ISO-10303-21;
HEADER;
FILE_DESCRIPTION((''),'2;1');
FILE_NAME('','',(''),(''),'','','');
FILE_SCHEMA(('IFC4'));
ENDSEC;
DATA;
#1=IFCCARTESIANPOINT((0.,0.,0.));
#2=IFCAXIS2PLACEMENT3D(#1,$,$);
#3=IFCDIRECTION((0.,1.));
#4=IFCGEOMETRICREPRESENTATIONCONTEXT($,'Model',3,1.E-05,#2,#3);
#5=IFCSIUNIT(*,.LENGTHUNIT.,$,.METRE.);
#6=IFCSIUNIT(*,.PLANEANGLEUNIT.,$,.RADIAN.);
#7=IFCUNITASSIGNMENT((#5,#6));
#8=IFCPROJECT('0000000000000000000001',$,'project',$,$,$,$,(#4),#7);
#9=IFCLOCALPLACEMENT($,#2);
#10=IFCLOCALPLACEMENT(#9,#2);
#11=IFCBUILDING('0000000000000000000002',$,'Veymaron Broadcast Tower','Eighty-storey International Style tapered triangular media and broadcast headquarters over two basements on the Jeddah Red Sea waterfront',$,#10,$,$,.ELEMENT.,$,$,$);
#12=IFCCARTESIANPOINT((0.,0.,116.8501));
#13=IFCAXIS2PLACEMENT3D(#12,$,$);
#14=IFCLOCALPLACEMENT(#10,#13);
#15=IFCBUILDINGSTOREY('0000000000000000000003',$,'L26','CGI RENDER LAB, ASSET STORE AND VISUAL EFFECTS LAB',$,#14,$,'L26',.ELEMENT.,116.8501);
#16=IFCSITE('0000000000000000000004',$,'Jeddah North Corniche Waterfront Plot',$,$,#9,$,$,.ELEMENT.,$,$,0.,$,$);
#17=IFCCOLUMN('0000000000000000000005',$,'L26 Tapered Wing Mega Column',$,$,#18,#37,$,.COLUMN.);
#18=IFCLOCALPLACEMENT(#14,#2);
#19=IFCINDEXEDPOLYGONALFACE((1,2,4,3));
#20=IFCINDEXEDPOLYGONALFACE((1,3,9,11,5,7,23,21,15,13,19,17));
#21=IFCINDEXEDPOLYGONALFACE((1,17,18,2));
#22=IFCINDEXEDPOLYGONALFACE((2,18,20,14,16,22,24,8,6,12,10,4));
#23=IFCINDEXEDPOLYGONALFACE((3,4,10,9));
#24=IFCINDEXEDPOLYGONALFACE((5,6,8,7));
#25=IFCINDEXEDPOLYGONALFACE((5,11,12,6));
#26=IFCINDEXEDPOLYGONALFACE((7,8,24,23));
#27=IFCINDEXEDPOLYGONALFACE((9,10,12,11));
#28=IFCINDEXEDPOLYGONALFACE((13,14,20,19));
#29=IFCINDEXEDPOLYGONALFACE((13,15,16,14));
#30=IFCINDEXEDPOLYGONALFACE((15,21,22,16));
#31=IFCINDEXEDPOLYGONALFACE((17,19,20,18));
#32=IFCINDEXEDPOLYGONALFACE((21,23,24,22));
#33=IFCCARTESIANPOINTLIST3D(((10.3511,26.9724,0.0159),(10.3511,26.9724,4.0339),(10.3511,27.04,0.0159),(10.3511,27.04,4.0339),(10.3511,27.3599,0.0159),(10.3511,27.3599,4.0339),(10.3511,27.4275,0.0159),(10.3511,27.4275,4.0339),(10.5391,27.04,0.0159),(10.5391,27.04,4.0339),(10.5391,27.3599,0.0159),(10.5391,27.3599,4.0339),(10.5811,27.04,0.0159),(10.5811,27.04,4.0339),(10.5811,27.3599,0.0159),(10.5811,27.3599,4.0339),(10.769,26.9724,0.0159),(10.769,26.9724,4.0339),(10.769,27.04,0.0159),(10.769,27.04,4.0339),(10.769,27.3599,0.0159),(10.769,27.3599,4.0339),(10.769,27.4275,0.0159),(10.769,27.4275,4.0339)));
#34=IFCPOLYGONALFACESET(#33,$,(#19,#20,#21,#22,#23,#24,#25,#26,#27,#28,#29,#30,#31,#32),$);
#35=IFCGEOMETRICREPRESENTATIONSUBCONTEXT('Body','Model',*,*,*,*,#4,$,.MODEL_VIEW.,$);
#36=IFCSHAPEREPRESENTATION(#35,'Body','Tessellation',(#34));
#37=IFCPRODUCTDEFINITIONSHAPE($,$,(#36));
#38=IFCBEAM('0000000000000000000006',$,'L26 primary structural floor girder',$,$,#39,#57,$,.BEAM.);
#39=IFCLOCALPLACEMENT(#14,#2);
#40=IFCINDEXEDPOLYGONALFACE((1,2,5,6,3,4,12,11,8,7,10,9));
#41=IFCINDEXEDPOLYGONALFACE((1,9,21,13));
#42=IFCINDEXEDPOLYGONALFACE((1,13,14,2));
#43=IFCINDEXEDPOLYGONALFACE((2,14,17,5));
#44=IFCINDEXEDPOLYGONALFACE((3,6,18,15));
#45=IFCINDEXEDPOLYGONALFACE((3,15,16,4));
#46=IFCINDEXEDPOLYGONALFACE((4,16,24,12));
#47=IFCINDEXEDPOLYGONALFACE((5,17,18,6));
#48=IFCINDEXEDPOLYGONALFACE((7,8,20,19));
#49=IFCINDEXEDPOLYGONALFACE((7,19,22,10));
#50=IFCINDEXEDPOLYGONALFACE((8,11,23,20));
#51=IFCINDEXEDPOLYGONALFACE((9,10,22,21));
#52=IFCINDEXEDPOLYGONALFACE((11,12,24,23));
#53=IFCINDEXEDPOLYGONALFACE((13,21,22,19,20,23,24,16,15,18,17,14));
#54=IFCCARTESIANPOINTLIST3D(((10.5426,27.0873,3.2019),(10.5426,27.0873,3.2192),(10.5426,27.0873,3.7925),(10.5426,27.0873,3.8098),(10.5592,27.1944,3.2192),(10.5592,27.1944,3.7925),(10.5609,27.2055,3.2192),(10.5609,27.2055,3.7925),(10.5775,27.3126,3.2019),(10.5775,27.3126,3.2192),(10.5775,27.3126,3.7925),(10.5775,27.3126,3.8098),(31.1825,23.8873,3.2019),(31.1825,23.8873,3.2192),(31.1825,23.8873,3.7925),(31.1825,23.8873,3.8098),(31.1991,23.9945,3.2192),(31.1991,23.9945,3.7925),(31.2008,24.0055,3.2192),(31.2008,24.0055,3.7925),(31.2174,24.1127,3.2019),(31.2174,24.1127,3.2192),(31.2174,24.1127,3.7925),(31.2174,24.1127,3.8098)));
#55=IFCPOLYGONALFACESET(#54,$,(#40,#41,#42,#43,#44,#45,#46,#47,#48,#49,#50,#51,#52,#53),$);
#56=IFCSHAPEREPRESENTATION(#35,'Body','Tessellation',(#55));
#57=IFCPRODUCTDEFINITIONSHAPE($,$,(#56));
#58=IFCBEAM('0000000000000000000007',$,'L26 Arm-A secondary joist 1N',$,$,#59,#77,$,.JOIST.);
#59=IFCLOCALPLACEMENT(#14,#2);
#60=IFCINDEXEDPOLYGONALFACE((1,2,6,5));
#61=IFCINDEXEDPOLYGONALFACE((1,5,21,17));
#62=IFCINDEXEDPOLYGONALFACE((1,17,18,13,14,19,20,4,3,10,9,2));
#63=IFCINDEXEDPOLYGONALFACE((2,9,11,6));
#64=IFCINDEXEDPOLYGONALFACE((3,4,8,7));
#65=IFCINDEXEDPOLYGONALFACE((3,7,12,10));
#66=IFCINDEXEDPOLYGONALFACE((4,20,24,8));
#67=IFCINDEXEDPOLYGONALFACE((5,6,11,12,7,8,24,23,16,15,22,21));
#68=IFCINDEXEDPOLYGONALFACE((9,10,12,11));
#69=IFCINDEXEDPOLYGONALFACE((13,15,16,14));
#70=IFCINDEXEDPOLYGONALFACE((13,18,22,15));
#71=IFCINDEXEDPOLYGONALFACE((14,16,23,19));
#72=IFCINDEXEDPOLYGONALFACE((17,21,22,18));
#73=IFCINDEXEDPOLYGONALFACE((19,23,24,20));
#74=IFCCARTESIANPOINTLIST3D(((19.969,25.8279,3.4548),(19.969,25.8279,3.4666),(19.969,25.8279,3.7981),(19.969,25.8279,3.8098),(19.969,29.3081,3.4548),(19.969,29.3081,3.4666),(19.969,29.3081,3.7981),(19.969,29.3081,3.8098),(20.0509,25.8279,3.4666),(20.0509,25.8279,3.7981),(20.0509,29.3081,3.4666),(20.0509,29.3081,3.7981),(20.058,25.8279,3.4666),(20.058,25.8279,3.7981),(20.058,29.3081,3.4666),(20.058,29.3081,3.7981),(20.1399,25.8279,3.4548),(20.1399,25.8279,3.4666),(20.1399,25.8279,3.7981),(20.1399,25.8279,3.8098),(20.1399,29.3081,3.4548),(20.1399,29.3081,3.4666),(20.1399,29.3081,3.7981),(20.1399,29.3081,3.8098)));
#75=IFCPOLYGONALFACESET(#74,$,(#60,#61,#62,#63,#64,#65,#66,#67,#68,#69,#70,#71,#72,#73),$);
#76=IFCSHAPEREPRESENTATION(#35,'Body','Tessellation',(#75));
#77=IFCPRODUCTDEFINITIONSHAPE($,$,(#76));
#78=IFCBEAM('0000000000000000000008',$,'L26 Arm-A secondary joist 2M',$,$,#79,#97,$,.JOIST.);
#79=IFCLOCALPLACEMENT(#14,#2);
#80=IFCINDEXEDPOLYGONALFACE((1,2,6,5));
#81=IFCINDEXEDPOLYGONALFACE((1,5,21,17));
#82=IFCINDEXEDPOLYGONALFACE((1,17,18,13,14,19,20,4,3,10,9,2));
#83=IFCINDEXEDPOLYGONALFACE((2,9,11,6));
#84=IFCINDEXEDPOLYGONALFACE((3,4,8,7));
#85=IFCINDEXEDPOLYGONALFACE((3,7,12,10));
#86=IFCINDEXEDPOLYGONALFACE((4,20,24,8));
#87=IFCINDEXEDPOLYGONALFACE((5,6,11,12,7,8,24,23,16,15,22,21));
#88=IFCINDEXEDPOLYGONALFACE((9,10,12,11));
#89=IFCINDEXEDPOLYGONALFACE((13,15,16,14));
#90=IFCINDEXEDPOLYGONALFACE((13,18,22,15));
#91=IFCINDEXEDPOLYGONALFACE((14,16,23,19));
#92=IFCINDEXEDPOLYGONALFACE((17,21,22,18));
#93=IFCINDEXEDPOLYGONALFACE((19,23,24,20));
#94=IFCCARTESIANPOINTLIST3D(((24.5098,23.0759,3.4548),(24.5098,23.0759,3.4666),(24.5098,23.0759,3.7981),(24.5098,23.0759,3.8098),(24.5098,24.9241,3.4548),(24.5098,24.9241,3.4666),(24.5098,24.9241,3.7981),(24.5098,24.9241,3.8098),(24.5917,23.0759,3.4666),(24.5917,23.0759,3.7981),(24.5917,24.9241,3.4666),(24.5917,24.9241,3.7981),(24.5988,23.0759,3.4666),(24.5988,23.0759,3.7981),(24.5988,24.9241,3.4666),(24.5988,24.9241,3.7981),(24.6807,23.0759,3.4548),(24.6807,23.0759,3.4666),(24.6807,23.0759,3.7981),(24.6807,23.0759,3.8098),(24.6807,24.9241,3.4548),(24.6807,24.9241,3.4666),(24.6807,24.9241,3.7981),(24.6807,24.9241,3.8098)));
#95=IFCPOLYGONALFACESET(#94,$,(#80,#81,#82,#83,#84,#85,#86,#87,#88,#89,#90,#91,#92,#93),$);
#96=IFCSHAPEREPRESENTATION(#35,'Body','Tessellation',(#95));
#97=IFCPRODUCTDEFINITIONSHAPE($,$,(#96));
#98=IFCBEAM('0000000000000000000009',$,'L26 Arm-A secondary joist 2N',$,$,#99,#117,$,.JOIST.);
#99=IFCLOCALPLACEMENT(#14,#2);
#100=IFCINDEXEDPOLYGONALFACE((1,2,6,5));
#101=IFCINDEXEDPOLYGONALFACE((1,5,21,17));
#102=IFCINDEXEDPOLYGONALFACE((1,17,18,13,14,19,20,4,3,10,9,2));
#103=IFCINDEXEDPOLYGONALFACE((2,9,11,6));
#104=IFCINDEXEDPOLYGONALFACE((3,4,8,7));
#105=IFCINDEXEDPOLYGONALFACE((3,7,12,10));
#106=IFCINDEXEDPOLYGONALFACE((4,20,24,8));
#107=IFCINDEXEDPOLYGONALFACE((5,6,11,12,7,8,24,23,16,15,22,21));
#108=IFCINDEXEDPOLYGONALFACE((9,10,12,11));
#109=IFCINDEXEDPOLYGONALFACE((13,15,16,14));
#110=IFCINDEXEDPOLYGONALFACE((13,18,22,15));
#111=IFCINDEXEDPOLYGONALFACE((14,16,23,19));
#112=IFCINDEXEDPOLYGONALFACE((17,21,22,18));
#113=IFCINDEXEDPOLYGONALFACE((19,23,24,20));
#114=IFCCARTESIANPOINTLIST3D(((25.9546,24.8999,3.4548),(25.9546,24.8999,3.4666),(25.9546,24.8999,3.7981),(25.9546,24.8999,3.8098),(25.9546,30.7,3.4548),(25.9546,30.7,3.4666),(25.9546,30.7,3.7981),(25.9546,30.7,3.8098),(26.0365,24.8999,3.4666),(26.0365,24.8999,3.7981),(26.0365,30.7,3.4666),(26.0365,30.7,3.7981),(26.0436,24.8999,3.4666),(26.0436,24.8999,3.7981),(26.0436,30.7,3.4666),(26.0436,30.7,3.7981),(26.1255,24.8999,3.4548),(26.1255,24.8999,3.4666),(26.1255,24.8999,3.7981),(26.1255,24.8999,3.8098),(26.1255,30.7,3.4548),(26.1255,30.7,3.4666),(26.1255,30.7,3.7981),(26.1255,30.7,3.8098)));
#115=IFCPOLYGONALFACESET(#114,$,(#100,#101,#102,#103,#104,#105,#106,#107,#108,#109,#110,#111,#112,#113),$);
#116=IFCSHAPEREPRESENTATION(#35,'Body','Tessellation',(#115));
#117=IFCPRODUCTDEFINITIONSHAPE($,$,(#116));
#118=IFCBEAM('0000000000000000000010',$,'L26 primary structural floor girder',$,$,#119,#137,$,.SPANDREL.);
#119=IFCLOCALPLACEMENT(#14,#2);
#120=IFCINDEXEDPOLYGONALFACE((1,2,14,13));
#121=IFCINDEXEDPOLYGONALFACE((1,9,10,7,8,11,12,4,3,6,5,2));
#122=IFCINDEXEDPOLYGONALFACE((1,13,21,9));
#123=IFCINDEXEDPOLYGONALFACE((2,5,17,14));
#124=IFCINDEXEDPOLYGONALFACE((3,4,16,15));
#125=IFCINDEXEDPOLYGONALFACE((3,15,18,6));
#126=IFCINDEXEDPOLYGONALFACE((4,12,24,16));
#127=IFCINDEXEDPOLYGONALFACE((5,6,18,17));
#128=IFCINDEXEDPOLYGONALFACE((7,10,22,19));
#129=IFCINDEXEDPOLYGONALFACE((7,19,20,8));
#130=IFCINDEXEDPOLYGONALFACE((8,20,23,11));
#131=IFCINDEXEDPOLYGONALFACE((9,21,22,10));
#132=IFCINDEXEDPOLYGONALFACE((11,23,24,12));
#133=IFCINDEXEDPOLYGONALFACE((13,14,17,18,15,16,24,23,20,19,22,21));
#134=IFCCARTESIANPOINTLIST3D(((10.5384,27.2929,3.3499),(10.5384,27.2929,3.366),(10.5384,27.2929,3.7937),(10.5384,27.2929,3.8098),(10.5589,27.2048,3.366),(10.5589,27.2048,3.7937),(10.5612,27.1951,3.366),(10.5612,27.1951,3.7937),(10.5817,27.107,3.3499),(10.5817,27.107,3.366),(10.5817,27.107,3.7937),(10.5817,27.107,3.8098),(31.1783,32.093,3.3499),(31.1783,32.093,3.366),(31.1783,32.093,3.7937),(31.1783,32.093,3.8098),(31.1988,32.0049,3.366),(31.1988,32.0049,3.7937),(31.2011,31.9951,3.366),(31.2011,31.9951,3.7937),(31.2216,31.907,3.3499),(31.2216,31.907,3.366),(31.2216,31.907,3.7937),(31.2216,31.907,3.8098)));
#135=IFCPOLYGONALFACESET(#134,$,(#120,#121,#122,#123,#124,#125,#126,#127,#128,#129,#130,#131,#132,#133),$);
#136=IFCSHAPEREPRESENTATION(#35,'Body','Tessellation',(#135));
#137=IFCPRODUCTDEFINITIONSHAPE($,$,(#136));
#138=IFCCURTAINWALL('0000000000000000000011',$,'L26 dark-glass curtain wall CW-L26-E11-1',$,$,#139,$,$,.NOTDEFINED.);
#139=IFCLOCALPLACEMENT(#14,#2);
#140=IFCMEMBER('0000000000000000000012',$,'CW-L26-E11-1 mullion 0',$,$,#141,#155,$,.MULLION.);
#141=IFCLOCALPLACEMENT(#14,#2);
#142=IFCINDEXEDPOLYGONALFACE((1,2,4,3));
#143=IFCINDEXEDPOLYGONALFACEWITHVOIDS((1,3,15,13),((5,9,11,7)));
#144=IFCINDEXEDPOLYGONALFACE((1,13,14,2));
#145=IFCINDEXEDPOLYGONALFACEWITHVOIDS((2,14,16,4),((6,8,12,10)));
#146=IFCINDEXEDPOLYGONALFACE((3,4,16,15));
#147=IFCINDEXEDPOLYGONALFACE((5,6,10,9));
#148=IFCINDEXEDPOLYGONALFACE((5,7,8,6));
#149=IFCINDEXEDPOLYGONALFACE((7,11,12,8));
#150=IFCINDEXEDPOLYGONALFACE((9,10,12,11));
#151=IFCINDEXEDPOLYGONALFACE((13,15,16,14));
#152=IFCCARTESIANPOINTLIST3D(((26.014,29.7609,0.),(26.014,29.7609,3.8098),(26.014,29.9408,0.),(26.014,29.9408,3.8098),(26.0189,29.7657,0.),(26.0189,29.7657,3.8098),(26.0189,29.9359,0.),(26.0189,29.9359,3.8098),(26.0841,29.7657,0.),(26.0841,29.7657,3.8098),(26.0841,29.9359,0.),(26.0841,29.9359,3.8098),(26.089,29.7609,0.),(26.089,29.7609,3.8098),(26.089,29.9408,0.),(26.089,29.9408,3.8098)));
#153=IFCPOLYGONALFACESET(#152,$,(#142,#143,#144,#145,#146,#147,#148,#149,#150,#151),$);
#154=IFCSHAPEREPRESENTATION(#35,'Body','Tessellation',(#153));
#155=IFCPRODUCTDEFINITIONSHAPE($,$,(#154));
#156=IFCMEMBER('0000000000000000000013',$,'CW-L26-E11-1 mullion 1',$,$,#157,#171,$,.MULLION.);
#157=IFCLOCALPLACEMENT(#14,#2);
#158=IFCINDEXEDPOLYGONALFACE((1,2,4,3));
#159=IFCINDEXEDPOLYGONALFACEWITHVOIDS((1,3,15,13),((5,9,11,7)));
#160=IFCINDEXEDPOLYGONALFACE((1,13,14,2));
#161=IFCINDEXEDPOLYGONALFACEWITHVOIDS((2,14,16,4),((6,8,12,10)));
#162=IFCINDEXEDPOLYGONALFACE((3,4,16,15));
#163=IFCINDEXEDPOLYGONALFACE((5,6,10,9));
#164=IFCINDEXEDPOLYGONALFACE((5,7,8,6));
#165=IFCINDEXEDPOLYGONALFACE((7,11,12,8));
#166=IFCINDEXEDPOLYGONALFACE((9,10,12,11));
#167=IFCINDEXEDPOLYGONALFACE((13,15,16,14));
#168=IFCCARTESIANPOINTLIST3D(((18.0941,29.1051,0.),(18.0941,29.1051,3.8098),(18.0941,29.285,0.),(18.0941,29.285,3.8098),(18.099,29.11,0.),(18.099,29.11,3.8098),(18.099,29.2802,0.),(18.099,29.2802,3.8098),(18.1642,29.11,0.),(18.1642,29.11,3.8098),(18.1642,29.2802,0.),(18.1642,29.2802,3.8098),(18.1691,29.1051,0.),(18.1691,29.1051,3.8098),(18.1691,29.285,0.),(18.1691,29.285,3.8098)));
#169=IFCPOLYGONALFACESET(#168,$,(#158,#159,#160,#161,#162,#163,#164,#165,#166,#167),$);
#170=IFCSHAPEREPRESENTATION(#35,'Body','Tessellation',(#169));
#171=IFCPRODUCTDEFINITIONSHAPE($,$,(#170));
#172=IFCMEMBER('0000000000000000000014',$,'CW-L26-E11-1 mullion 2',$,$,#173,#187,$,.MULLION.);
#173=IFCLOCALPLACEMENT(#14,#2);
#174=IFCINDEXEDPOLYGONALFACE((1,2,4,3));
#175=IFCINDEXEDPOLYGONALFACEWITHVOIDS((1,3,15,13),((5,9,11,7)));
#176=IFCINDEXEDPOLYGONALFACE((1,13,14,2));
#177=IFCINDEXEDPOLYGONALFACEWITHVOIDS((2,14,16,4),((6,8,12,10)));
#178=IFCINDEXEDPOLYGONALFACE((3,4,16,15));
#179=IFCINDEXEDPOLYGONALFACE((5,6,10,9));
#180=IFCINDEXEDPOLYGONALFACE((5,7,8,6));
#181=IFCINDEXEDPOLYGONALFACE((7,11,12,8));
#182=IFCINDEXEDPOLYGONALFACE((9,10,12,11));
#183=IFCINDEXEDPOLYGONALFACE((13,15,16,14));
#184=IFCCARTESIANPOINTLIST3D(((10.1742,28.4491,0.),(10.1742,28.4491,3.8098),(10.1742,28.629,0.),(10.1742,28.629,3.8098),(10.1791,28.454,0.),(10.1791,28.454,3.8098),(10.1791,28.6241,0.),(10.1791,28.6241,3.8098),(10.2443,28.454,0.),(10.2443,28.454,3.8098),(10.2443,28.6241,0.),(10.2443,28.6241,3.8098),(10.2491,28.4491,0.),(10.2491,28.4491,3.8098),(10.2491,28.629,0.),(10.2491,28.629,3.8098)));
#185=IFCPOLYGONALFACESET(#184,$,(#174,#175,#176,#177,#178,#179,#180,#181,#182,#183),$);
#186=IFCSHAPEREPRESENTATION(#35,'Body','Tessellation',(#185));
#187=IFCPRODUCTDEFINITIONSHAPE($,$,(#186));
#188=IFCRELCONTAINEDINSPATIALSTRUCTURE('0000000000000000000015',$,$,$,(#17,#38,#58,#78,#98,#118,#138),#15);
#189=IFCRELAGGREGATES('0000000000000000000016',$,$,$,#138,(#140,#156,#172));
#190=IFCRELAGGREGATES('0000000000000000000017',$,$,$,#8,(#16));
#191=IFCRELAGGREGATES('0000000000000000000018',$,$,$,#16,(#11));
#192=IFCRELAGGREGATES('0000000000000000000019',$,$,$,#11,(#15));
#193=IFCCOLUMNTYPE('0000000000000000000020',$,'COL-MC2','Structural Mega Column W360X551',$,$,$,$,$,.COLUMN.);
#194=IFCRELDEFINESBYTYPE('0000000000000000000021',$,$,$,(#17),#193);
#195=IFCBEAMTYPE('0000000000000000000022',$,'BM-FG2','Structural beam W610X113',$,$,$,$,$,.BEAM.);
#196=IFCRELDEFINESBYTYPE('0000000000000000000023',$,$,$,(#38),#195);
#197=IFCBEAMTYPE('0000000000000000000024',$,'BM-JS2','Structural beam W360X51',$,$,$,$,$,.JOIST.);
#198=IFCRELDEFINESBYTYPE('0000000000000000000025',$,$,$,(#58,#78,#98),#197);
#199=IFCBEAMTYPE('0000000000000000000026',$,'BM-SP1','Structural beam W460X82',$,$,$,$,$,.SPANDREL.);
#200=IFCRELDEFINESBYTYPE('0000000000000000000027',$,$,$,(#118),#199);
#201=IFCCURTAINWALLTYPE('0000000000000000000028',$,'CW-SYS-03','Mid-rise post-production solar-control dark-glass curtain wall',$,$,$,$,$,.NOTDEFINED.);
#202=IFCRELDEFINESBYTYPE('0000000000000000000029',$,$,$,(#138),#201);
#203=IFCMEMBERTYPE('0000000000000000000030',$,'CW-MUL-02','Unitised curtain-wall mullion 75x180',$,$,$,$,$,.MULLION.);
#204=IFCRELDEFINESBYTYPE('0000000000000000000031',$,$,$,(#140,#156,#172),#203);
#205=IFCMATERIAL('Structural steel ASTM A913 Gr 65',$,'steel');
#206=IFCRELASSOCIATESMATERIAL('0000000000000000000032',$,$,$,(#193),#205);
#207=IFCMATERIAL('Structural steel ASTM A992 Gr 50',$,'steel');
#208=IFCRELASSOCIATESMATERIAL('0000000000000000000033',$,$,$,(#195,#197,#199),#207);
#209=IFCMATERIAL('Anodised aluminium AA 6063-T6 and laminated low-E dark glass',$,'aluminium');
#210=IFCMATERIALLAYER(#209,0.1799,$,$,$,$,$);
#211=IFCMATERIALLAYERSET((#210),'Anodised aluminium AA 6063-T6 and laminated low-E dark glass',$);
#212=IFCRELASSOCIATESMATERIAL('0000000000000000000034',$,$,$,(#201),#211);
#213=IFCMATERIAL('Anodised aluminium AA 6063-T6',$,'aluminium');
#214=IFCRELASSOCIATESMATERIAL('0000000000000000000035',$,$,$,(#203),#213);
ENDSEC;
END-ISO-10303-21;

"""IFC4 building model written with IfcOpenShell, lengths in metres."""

from ifc_helpers import new_model, si_unit, direction, frame, origin, origin_2d, place, context, subcontext, project, spatial, hollow_rectangle, i_section, extrude, material, layer, layer_set, material_profile, profile_set, type_object, element, aggregate, save


model = new_model("IFC4")

# Units and contexts
model_context = context("Model", 3, precision=1e-05, world=origin(), true_north=direction((0.0, 1.0)))
body_context = subcontext(model_context, "Body", "Model", "MODEL_VIEW")
ifc_project = project(units=[si_unit("LENGTHUNIT", "METRE"), si_unit("PLANEANGLEUNIT", "RADIAN")], contexts=[model_context])

# Site, building, storey
site_placement = place(None, origin())
site = spatial("IfcSite", under=ifc_project, at=site_placement, Name="Jeddah North Corniche Waterfront Plot", CompositionType="ELEMENT", RefElevation=0.0)
building_placement = place(site_placement, origin())
building = spatial("IfcBuilding", under=site, at=building_placement, Name="Veymaron Broadcast Tower", Description="Eighty-storey International Style tapered triangular media and broadcast headquarters over two basements on the Jeddah Red Sea waterfront", CompositionType="ELEMENT")
storey_placement = place(building_placement, frame((0.0, 0.0, 116.8501)))
storey = spatial("IfcBuildingStorey", under=building, at=storey_placement, Name="L26", Description="CGI RENDER LAB, ASSET STORE AND VISUAL EFFECTS LAB", LongName="L26", CompositionType="ELEMENT", Elevation=116.8501)

# Column
ifc_material_1 = material(Name="Structural steel ASTM A913 Gr 65", Category="steel")
ifc_material_profile_1 = material_profile(ifc_material_1, i_section(OverallWidth=0.418, OverallDepth=0.4551, WebThickness=0.042, FlangeThickness=0.0676, at=origin_2d()), Name="W360X551")
ifc_profile_set_1 = profile_set([ifc_material_profile_1], Name="Structural steel ASTM A913 Gr 65")
column_type = type_object("IfcColumnType", Name="COL-MC2", Description="Structural Mega Column W360X551", PredefinedType="COLUMN", material=ifc_profile_set_1)
column_placement = place(storey_placement, frame((10.5601, 27.2, 0.0159), z_axis=(0.0, 0.0, 1.0), x_axis=(1.0, 0.0, 0.0)))
element("IfcColumn", 1, at=column_placement, inside=storey, type_object=column_type, Name="L26 Tapered Wing Mega Column", PredefinedType="COLUMN", context=body_context, shape_type="SweptSolid", body=[
    extrude(i_section(OverallWidth=0.418, OverallDepth=0.4551, WebThickness=0.042, FlangeThickness=0.0676, at=origin_2d()), origin(), (0.0, 0.0, 1.0), 4.0181),
])

# Beams
ifc_material_2 = material(Name="Structural steel ASTM A992 Gr 50", Category="steel")
ifc_material_profile_2 = material_profile(ifc_material_2, i_section(OverallWidth=0.228, OverallDepth=0.6079, WebThickness=0.0112, FlangeThickness=0.0173, at=origin_2d()), Name="W610X113")
ifc_profile_set_2 = profile_set([ifc_material_profile_2], Name="Structural steel ASTM A992 Gr 50")
beam_type_1 = type_object("IfcBeamType", Name="BM-FG2", Description="Structural beam W610X113", PredefinedType="BEAM", material=ifc_profile_set_2)
beam_1_placement = place(storey_placement, frame((10.5601, 27.2, 3.5059), z_axis=(0.988194, -0.153207, 0.0), x_axis=(0.153207, 0.988194, 0.0)))
element("IfcBeam", 2, at=beam_1_placement, inside=storey, type_object=beam_type_1, Name="L26 primary structural floor girder", PredefinedType="BEAM", context=body_context, shape_type="SweptSolid", body=[
    extrude(i_section(OverallWidth=0.228, OverallDepth=0.6079, WebThickness=0.0112, FlangeThickness=0.0173, at=origin_2d()), origin(), (0.0, 0.0, 1.0), 20.8865),
])
ifc_material_profile_3 = material_profile(ifc_material_2, i_section(OverallWidth=0.1709, OverallDepth=0.355, WebThickness=0.0071, FlangeThickness=0.0117, at=origin_2d()), Name="W360X51")
ifc_profile_set_3 = profile_set([ifc_material_profile_3], Name="Structural steel ASTM A992 Gr 50")
beam_type_2 = type_object("IfcBeamType", Name="BM-JS2", Description="Structural beam W360X51", PredefinedType="JOIST", material=ifc_profile_set_3)
beam_2_placement = place(storey_placement, frame((20.0544, 25.8279, 3.6323), z_axis=(0.0, 1.0, 0.0), x_axis=(-1.0, 0.0, 0.0)))
element("IfcBeam", 3, at=beam_2_placement, inside=storey, type_object=beam_type_2, Name="L26 Arm-A secondary joist 1N", PredefinedType="JOIST", context=body_context, shape_type="SweptSolid", body=[
    extrude(i_section(OverallWidth=0.1709, OverallDepth=0.355, WebThickness=0.0071, FlangeThickness=0.0117, at=origin_2d()), origin(), (0.0, 0.0, 1.0), 3.4802),
])
beam_3_placement = place(storey_placement, frame((24.5952, 23.0759, 3.6323), z_axis=(0.0, 1.0, 0.0), x_axis=(-1.0, 0.0, 0.0)))
element("IfcBeam", 4, at=beam_3_placement, inside=storey, type_object=beam_type_2, Name="L26 Arm-A secondary joist 2M", PredefinedType="JOIST", context=body_context, shape_type="SweptSolid", body=[
    extrude(i_section(OverallWidth=0.1709, OverallDepth=0.355, WebThickness=0.0071, FlangeThickness=0.0117, at=origin_2d()), origin(), (0.0, 0.0, 1.0), 1.8481),
])
beam_4_placement = place(storey_placement, frame((26.04, 24.8999, 3.6323), z_axis=(0.0, 1.0, 0.0), x_axis=(-1.0, 0.0, 0.0)))
element("IfcBeam", 5, at=beam_4_placement, inside=storey, type_object=beam_type_2, Name="L26 Arm-A secondary joist 2N", PredefinedType="JOIST", context=body_context, shape_type="SweptSolid", body=[
    extrude(i_section(OverallWidth=0.1709, OverallDepth=0.355, WebThickness=0.0071, FlangeThickness=0.0117, at=origin_2d()), origin(), (0.0, 0.0, 1.0), 5.8),
])
ifc_material_profile_4 = material_profile(ifc_material_2, i_section(OverallWidth=0.1909, OverallDepth=0.46, WebThickness=0.01, FlangeThickness=0.0161, at=origin_2d()), Name="W460X82")
ifc_profile_set_4 = profile_set([ifc_material_profile_4], Name="Structural steel ASTM A992 Gr 50")
beam_type_3 = type_object("IfcBeamType", Name="BM-SP1", Description="Structural beam W460X82", PredefinedType="SPANDREL", material=ifc_profile_set_4)
beam_5_placement = place(storey_placement, frame((10.5601, 27.2, 3.5798), z_axis=(0.974007, 0.226517, 0.0), x_axis=(-0.226517, 0.974007, 0.0)))
element("IfcBeam", 6, at=beam_5_placement, inside=storey, type_object=beam_type_3, Name="L26 primary structural floor girder", PredefinedType="SPANDREL", context=body_context, shape_type="SweptSolid", body=[
    extrude(i_section(OverallWidth=0.1909, OverallDepth=0.46, WebThickness=0.01, FlangeThickness=0.0161, at=origin_2d()), origin(), (0.0, 0.0, 1.0), 21.1907),
])

# Curtain wall, members
ifc_material_3 = material(Name="Anodised aluminium AA 6063-T6 and laminated low-E dark glass", Category="aluminium")
ifc_layer_1 = layer(ifc_material_3, 0.1799)
ifc_layer_set_1 = layer_set([ifc_layer_1], Name="Anodised aluminium AA 6063-T6 and laminated low-E dark glass")
curtain_wall_type = type_object("IfcCurtainWallType", Name="CW-SYS-03", Description="Mid-rise post-production solar-control dark-glass curtain wall", PredefinedType="NOTDEFINED", material=ifc_layer_set_1)
curtain_wall_placement = place(storey_placement, origin())
curtain_wall = element("IfcCurtainWall", 7, at=curtain_wall_placement, inside=storey, type_object=curtain_wall_type, Name="L26 dark-glass curtain wall CW-L26-E11-1", PredefinedType="NOTDEFINED")
ifc_material_4 = material(Name="Anodised aluminium AA 6063-T6", Category="aluminium")
ifc_material_profile_5 = material_profile(ifc_material_4, hollow_rectangle(XDim=0.075, YDim=0.1799, WallThickness=0.0049, at=origin_2d()), Name="AL180X75X5")
ifc_profile_set_5 = profile_set([ifc_material_profile_5], Name="Anodised aluminium AA 6063-T6")
member_type_1 = type_object("IfcMemberType", Name="CW-MUL-02", Description="Unitised curtain-wall mullion 75x180", PredefinedType="MULLION", material=ifc_profile_set_5)
member_1_placement = place(storey_placement, frame((26.0515, 29.8508, 0.0), z_axis=(0.0, 0.0, 1.0), x_axis=(1.0, 0.0, 0.0)))
member_1 = element("IfcMember", 8, at=member_1_placement, type_object=member_type_1, Name="CW-L26-E11-1 mullion 0", PredefinedType="MULLION", context=body_context, shape_type="SweptSolid", body=[
    extrude(hollow_rectangle(XDim=0.075, YDim=0.1799, WallThickness=0.0049, at=origin_2d()), origin(), (0.0, 0.0, 1.0), 3.8098),
])
member_2_placement = place(storey_placement, frame((18.1316, 29.1951, 0.0), z_axis=(0.0, 0.0, 1.0), x_axis=(1.0, 0.0, 0.0)))
member_2 = element("IfcMember", 9, at=member_2_placement, type_object=member_type_1, Name="CW-L26-E11-1 mullion 1", PredefinedType="MULLION", context=body_context, shape_type="SweptSolid", body=[
    extrude(hollow_rectangle(XDim=0.075, YDim=0.1799, WallThickness=0.0049, at=origin_2d()), origin(), (0.0, 0.0, 1.0), 3.8098),
])
member_3_placement = place(storey_placement, frame((10.2117, 28.5391, 0.0), z_axis=(0.0, 0.0, 1.0), x_axis=(1.0, 0.0, 0.0)))
member_3 = element("IfcMember", 10, at=member_3_placement, type_object=member_type_1, Name="CW-L26-E11-1 mullion 2", PredefinedType="MULLION", context=body_context, shape_type="SweptSolid", body=[
    extrude(hollow_rectangle(XDim=0.075, YDim=0.1799, WallThickness=0.0049, at=origin_2d()), origin(), (0.0, 0.0, 1.0), 3.8098),
])
aggregate(curtain_wall, [member_1, member_2, member_3])

save(model, "model.ifc")
